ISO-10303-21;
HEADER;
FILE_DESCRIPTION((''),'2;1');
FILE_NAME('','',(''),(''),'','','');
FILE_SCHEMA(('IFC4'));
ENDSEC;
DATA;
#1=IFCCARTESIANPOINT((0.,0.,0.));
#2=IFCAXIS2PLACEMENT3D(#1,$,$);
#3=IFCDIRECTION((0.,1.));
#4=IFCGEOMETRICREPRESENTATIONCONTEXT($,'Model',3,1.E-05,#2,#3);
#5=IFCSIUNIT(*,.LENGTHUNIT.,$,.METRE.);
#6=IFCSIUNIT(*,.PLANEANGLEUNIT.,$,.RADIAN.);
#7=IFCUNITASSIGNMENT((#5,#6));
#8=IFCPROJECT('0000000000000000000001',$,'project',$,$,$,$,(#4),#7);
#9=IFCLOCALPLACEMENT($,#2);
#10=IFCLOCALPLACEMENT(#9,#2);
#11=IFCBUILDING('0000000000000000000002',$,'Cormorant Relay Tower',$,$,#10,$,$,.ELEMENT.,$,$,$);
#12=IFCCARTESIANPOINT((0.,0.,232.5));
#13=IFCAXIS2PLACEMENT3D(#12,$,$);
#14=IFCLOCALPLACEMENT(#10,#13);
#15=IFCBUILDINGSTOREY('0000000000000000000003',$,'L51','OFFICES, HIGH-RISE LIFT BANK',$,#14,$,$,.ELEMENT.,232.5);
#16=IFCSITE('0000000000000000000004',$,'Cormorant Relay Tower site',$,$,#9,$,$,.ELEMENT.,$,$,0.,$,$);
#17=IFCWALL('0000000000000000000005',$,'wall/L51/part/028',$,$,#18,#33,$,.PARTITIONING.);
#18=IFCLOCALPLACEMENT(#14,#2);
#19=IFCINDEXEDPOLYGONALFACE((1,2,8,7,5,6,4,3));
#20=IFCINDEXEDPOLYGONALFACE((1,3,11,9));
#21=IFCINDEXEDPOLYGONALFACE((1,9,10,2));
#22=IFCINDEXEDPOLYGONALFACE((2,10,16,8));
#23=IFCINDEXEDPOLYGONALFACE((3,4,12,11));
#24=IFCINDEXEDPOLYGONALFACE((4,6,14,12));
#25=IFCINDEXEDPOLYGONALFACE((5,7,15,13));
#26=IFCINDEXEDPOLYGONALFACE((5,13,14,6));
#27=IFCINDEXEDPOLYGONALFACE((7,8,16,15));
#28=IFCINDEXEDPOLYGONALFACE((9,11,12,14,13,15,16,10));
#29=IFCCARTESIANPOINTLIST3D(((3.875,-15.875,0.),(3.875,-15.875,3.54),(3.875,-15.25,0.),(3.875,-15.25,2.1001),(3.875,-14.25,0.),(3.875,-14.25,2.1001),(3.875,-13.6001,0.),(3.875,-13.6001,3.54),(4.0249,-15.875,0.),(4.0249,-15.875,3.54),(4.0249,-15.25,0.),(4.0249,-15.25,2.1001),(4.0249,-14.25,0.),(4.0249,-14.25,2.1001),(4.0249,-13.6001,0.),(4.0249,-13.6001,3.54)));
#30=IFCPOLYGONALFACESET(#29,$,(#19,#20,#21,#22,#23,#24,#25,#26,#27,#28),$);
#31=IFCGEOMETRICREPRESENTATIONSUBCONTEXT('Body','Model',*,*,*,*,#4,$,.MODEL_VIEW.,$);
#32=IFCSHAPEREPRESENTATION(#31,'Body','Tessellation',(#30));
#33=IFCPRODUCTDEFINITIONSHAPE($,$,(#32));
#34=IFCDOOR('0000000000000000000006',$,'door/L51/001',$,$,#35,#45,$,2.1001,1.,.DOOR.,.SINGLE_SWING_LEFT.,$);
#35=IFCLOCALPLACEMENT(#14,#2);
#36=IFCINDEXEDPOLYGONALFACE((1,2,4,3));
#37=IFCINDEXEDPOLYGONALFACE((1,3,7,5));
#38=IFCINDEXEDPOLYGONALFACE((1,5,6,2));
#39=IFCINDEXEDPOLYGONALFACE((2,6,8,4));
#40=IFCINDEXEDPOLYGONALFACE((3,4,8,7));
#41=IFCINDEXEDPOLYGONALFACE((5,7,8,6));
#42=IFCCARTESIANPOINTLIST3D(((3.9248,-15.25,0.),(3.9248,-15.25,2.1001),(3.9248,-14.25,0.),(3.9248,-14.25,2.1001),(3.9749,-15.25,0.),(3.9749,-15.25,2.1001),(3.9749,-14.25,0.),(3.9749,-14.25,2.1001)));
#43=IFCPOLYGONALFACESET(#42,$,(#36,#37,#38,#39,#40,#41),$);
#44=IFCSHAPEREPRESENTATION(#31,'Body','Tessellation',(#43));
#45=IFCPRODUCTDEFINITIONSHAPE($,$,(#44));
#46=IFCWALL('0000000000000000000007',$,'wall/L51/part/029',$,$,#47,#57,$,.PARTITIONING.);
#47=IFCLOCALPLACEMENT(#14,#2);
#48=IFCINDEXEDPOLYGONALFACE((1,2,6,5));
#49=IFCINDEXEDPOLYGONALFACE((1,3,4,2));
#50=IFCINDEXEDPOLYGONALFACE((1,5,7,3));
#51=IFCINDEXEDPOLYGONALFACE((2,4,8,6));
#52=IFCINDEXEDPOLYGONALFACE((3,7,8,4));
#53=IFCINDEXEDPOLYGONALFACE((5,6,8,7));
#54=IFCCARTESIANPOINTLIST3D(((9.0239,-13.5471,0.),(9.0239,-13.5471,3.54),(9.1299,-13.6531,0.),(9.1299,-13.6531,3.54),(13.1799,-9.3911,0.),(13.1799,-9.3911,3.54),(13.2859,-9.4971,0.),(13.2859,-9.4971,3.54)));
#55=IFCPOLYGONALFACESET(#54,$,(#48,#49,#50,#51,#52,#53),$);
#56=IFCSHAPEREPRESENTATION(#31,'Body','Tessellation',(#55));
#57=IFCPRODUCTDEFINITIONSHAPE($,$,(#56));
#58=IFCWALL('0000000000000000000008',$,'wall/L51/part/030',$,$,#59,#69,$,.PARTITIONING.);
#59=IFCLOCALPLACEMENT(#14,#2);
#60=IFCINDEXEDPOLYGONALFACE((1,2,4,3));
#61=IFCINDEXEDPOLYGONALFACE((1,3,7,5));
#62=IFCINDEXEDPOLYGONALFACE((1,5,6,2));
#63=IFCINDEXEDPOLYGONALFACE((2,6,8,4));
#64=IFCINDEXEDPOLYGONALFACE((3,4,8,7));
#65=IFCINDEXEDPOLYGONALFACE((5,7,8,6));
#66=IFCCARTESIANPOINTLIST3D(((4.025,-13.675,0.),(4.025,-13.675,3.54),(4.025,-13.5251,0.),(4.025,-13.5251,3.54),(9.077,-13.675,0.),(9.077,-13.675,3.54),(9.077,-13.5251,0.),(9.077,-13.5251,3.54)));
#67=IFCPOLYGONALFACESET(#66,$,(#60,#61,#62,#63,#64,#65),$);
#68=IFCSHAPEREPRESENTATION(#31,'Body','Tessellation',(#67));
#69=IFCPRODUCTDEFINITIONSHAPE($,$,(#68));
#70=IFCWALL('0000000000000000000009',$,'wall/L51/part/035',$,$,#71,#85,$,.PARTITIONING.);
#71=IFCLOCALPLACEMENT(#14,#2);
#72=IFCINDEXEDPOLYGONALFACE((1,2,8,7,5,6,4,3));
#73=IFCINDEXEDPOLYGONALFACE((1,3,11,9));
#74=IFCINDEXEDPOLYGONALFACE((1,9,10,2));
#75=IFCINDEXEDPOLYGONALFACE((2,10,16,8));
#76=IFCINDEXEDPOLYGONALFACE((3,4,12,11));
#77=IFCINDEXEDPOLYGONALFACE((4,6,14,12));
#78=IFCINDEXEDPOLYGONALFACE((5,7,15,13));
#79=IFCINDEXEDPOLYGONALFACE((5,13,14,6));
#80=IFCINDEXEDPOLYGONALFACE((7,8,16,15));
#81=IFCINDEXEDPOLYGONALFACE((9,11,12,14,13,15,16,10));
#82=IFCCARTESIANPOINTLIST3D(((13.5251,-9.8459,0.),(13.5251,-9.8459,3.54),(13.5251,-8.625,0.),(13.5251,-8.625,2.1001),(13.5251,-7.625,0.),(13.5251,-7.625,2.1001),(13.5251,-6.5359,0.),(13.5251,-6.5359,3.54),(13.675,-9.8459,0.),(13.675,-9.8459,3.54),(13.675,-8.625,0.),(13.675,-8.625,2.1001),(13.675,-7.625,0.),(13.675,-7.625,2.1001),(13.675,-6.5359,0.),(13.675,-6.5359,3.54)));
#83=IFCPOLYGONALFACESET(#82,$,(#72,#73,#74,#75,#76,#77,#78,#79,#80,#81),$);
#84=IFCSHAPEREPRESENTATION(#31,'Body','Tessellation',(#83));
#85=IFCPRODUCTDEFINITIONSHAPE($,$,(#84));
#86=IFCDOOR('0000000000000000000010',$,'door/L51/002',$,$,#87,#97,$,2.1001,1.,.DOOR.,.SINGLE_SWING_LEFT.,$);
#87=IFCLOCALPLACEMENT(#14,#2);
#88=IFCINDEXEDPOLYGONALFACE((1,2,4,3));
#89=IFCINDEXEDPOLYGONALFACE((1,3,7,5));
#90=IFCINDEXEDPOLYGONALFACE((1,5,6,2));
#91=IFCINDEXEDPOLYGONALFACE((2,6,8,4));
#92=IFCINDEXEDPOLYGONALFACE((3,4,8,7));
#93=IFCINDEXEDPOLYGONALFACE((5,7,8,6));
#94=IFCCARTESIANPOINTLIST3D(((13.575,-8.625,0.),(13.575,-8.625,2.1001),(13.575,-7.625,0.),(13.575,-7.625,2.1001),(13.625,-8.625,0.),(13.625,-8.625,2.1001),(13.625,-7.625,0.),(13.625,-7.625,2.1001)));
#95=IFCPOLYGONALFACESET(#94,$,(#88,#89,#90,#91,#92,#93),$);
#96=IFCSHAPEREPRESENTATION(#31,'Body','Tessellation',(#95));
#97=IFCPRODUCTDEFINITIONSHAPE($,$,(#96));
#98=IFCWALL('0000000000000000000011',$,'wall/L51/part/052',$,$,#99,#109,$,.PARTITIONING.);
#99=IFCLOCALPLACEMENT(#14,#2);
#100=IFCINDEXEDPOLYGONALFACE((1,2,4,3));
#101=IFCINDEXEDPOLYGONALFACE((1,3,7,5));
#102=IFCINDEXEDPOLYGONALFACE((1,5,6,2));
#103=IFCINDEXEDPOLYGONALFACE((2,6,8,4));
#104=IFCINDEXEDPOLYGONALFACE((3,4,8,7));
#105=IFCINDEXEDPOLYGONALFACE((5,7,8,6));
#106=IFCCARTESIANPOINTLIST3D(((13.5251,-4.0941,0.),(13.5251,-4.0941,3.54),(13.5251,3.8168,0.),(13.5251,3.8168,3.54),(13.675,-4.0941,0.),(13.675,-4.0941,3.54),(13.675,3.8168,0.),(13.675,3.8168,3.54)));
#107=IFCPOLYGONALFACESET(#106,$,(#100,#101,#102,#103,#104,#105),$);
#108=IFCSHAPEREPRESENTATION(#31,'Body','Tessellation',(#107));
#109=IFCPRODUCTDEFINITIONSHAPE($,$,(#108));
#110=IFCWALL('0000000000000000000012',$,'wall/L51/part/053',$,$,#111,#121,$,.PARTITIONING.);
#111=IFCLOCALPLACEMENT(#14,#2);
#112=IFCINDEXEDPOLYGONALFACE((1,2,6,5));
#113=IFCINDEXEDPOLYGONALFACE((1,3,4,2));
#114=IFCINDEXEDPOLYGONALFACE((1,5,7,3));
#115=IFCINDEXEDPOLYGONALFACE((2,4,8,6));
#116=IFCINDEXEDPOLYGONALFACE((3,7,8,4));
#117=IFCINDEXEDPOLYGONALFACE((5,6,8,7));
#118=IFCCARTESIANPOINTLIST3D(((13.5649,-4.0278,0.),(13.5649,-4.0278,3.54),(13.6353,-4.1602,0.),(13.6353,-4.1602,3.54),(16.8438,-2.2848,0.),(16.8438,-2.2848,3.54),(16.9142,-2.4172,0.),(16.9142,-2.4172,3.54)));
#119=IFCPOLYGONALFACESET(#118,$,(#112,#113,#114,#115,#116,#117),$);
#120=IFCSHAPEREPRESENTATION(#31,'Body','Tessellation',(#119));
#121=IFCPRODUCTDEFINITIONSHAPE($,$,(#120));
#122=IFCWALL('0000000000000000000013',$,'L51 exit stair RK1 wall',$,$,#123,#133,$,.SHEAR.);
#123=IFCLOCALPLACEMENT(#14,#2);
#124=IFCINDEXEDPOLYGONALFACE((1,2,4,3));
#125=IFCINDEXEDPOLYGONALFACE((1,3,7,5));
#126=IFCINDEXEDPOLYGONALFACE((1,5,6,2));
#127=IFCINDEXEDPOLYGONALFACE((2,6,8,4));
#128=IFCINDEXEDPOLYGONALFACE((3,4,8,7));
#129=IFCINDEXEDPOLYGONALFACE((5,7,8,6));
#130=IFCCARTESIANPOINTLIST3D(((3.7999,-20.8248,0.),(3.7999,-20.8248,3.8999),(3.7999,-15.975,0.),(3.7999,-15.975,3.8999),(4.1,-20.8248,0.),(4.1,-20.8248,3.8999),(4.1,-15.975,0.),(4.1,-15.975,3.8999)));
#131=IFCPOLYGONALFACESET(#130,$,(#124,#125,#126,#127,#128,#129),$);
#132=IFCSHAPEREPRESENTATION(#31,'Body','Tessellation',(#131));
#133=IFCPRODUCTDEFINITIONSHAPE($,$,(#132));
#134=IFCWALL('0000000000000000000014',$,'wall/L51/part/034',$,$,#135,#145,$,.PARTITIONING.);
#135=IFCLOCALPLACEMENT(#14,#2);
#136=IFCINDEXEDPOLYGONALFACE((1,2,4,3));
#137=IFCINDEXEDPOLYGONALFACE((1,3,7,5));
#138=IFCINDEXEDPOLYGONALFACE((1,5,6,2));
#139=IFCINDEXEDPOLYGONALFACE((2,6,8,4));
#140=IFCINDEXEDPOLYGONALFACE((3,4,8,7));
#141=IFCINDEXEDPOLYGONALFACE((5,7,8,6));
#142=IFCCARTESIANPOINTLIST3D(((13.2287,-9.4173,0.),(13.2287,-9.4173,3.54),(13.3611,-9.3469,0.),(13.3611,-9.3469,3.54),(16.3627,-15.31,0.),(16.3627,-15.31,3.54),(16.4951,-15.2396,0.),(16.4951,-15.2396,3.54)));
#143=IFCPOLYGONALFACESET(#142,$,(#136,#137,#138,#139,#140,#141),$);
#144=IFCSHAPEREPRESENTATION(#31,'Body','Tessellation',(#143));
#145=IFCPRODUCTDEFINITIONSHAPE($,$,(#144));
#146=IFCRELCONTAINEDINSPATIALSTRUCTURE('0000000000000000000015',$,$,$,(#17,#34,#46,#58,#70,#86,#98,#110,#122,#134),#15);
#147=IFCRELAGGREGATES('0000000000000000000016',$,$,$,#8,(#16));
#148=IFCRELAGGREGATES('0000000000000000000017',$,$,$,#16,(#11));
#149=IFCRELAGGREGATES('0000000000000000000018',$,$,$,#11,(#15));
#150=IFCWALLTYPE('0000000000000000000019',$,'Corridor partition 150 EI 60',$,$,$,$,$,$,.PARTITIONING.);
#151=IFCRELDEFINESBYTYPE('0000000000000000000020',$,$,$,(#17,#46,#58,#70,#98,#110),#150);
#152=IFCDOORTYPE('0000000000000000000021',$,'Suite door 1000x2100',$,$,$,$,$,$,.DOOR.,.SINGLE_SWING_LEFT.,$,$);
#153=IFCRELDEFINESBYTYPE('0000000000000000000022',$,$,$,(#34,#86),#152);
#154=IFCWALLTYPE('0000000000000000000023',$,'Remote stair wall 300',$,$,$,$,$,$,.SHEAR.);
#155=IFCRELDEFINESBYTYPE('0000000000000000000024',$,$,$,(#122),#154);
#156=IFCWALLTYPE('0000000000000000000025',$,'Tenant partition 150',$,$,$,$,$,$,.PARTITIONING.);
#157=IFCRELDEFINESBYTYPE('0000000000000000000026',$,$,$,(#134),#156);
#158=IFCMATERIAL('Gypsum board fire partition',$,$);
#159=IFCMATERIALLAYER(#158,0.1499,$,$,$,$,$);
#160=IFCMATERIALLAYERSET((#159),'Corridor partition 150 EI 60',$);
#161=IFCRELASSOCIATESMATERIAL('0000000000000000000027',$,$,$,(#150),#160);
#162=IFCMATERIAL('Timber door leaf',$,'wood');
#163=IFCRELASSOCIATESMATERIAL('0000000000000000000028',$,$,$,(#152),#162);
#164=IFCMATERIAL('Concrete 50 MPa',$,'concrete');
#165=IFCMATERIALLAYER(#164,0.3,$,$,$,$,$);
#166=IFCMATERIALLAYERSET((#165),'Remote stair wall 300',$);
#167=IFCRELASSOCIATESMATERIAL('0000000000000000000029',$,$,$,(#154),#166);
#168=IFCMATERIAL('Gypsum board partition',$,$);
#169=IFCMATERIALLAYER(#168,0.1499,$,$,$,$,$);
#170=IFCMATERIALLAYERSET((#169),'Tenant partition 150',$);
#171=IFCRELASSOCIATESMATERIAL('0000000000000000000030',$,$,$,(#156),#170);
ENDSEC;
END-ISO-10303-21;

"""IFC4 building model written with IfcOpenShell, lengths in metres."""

from ifc_helpers import new_model, si_unit, direction, frame, frame_2d, origin, place, context, subcontext, project, spatial, rectangle, extrude, material, layer, layer_set, type_object, element, fill, save


model = new_model("IFC4")

# Units and contexts
model_context = context("Model", 3, precision=1e-05, world=origin(), true_north=direction((0.0, 1.0)))
body_context = subcontext(model_context, "Body", "Model", "MODEL_VIEW")
ifc_project = project(units=[si_unit("LENGTHUNIT", "METRE"), si_unit("PLANEANGLEUNIT", "RADIAN")], contexts=[model_context])

# Site, building, storey
site_placement = place(None, origin())
site = spatial("IfcSite", under=ifc_project, at=site_placement, Name="Cormorant Relay Tower site", CompositionType="ELEMENT", RefElevation=0.0)
building_placement = place(site_placement, origin())
building = spatial("IfcBuilding", under=site, at=building_placement, Name="Cormorant Relay Tower", CompositionType="ELEMENT")
storey_placement = place(building_placement, frame((0.0, 0.0, 232.5)))
storey = spatial("IfcBuildingStorey", under=building, at=storey_placement, Name="L51", Description="OFFICES, HIGH-RISE LIFT BANK", CompositionType="ELEMENT", Elevation=232.5)

# Shared definitions
ifc_material_1 = material(Name="Gypsum board fire partition")
ifc_layer_1 = layer(ifc_material_1, 0.1499)
ifc_layer_set_1 = layer_set([ifc_layer_1], Name="Corridor partition 150 EI 60")
wall_type_1 = type_object("IfcWallType", Name="Corridor partition 150 EI 60", PredefinedType="PARTITIONING", material=ifc_layer_set_1)

# Wall, opening, door
wall_1_placement = place(storey_placement, frame((3.95, -13.6001, 0.0), z_axis=(0.0, 0.0, 1.0), x_axis=(0.0, -1.0, 0.0)))
wall_1 = element("IfcWall", 1, at=wall_1_placement, inside=storey, type_object=wall_type_1, Name="wall/L51/part/028", PredefinedType="PARTITIONING", context=body_context, shape_type="SweptSolid", body=[
    extrude(rectangle(XDim=2.2749, YDim=0.1499, at=frame_2d((1.1375, 0.0))), origin(), (0.0, 0.0, 1.0), 3.54),
])
opening_1_placement = place(wall_1_placement, frame((0.6499, 0.0, 0.0)))
opening_1 = element("IfcOpeningElement", 2, at=opening_1_placement, cuts=wall_1, PredefinedType="OPENING", context=body_context, shape_type="SweptSolid", body=[
    extrude(rectangle(XDim=1.0, YDim=2.1001, at=frame_2d((0.5, 1.05))), frame((0.0, 0.085, 0.0), z_axis=(0.0, -1.0, 0.0), x_axis=(1.0, 0.0, 0.0)), (0.0, 0.0, 1.0), 0.1699),
])
ifc_material_2 = material(Name="Timber door leaf", Category="wood")
door_type = type_object("IfcDoorType", Name="Suite door 1000x2100", OperationType="SINGLE_SWING_LEFT", PredefinedType="DOOR", material=ifc_material_2)
door_1_placement = place(opening_1_placement, origin())
door_1 = element("IfcDoor", 3, at=door_1_placement, inside=storey, type_object=door_type, Name="door/L51/001", OperationType="SINGLE_SWING_LEFT", OverallHeight=2.1001, OverallWidth=1.0, PredefinedType="DOOR", context=body_context, shape_type="SweptSolid", body=[
    extrude(rectangle(XDim=1.0, YDim=2.1001, at=frame_2d((0.5, 1.05))), frame((0.0, 0.0249, 0.0), z_axis=(0.0, -1.0, 0.0), x_axis=(1.0, 0.0, 0.0)), (0.0, 0.0, 1.0), 0.05),
])
fill(opening_1, door_1)

# Walls
wall_2_placement = place(storey_placement, frame((13.2329, -9.4441, 0.0), z_axis=(0.0, 0.0, 1.0), x_axis=(-0.707107, -0.707107, 0.0)))
element("IfcWall", 4, at=wall_2_placement, inside=storey, type_object=wall_type_1, Name="wall/L51/part/029", PredefinedType="PARTITIONING", context=body_context, shape_type="SweptSolid", body=[
    extrude(rectangle(XDim=5.8774, YDim=0.1499, at=frame_2d((2.9387, 0.0))), origin(), (0.0, 0.0, 1.0), 3.54),
])
wall_3_placement = place(storey_placement, frame((9.0769, -13.6001, 0.0), z_axis=(0.0, 0.0, 1.0), x_axis=(-1.0, 0.0, 0.0)))
element("IfcWall", 5, at=wall_3_placement, inside=storey, type_object=wall_type_1, Name="wall/L51/part/030", PredefinedType="PARTITIONING", context=body_context, shape_type="SweptSolid", body=[
    extrude(rectangle(XDim=5.052, YDim=0.1499, at=frame_2d((2.5259, 0.0))), origin(), (0.0, 0.0, 1.0), 3.54),
])

# Wall, opening, door
wall_4_placement = place(storey_placement, frame((13.6001, -6.5359, 0.0), z_axis=(0.0, 0.0, 1.0), x_axis=(0.0, -1.0, 0.0)))
wall_4 = element("IfcWall", 6, at=wall_4_placement, inside=storey, type_object=wall_type_1, Name="wall/L51/part/035", PredefinedType="PARTITIONING", context=body_context, shape_type="SweptSolid", body=[
    extrude(rectangle(XDim=3.3101, YDim=0.1499, at=frame_2d((1.655, 0.0))), origin(), (0.0, 0.0, 1.0), 3.54),
])
opening_2_placement = place(wall_4_placement, frame((1.0891, 0.0, 0.0)))
opening_2 = element("IfcOpeningElement", 7, at=opening_2_placement, cuts=wall_4, PredefinedType="OPENING", context=body_context, shape_type="SweptSolid", body=[
    extrude(rectangle(XDim=1.0, YDim=2.1001, at=frame_2d((0.5, 1.05))), frame((0.0, 0.085, 0.0), z_axis=(0.0, -1.0, 0.0), x_axis=(1.0, 0.0, 0.0)), (0.0, 0.0, 1.0), 0.1699),
])
door_2_placement = place(opening_2_placement, origin())
door_2 = element("IfcDoor", 8, at=door_2_placement, inside=storey, type_object=door_type, Name="door/L51/002", OperationType="SINGLE_SWING_LEFT", OverallHeight=2.1001, OverallWidth=1.0, PredefinedType="DOOR", context=body_context, shape_type="SweptSolid", body=[
    extrude(rectangle(XDim=1.0, YDim=2.1001, at=frame_2d((0.5, 1.05))), frame((0.0, 0.0249, 0.0), z_axis=(0.0, -1.0, 0.0), x_axis=(1.0, 0.0, 0.0)), (0.0, 0.0, 1.0), 0.05),
])
fill(opening_2, door_2)

# Walls
wall_5_placement = place(storey_placement, frame((13.6001, 3.8169, 0.0), z_axis=(0.0, 0.0, 1.0), x_axis=(0.0, -1.0, 0.0)))
element("IfcWall", 9, at=wall_5_placement, inside=storey, type_object=wall_type_1, Name="wall/L51/part/052", PredefinedType="PARTITIONING", context=body_context, shape_type="SweptSolid", body=[
    extrude(rectangle(XDim=7.9109, YDim=0.1499, at=frame_2d((3.9556, 0.0))), origin(), (0.0, 0.0, 1.0), 3.54),
])
wall_6_placement = place(storey_placement, frame((13.6001, -4.094, 0.0), z_axis=(0.0, 0.0, 1.0), x_axis=(0.882998, 0.469376, 0.0)))
element("IfcWall", 10, at=wall_6_placement, inside=storey, type_object=wall_type_1, Name="wall/L51/part/053", PredefinedType="PARTITIONING", context=body_context, shape_type="SweptSolid", body=[
    extrude(rectangle(XDim=3.7134, YDim=0.1499, at=frame_2d((1.8567, 0.0))), origin(), (0.0, 0.0, 1.0), 3.54),
])
ifc_material_3 = material(Name="Concrete 50 MPa", Category="concrete")
ifc_layer_2 = layer(ifc_material_3, 0.3)
ifc_layer_set_2 = layer_set([ifc_layer_2], Name="Remote stair wall 300")
wall_type_2 = type_object("IfcWallType", Name="Remote stair wall 300", PredefinedType="SHEAR", material=ifc_layer_set_2)
wall_7_placement = place(storey_placement, frame((3.95, -15.9751, 0.0), z_axis=(0.0, 0.0, 1.0), x_axis=(0.0, -1.0, 0.0)))
element("IfcWall", 11, at=wall_7_placement, inside=storey, type_object=wall_type_2, Name="L51 exit stair RK1 wall", PredefinedType="SHEAR", context=body_context, shape_type="SweptSolid", body=[
    extrude(rectangle(XDim=4.8499, YDim=0.3, at=frame_2d((2.4248, 0.0))), origin(), (0.0, 0.0, 1.0), 3.8999),
])
ifc_material_4 = material(Name="Gypsum board partition")
ifc_layer_3 = layer(ifc_material_4, 0.1499)
ifc_layer_set_3 = layer_set([ifc_layer_3], Name="Tenant partition 150")
wall_type_3 = type_object("IfcWallType", Name="Tenant partition 150", PredefinedType="PARTITIONING", material=ifc_layer_set_3)
wall_8_placement = place(storey_placement, frame((13.2949, -9.3821, 0.0), z_axis=(0.0, 0.0, 1.0), x_axis=(0.469561, -0.8829, 0.0)))
element("IfcWall", 12, at=wall_8_placement, inside=storey, type_object=wall_type_3, Name="wall/L51/part/034", PredefinedType="PARTITIONING", context=body_context, shape_type="SweptSolid", body=[
    extrude(rectangle(XDim=6.6743, YDim=0.1499, at=frame_2d((3.3372, 0.0))), origin(), (0.0, 0.0, 1.0), 3.54),
])

save(model, "model.ifc")
